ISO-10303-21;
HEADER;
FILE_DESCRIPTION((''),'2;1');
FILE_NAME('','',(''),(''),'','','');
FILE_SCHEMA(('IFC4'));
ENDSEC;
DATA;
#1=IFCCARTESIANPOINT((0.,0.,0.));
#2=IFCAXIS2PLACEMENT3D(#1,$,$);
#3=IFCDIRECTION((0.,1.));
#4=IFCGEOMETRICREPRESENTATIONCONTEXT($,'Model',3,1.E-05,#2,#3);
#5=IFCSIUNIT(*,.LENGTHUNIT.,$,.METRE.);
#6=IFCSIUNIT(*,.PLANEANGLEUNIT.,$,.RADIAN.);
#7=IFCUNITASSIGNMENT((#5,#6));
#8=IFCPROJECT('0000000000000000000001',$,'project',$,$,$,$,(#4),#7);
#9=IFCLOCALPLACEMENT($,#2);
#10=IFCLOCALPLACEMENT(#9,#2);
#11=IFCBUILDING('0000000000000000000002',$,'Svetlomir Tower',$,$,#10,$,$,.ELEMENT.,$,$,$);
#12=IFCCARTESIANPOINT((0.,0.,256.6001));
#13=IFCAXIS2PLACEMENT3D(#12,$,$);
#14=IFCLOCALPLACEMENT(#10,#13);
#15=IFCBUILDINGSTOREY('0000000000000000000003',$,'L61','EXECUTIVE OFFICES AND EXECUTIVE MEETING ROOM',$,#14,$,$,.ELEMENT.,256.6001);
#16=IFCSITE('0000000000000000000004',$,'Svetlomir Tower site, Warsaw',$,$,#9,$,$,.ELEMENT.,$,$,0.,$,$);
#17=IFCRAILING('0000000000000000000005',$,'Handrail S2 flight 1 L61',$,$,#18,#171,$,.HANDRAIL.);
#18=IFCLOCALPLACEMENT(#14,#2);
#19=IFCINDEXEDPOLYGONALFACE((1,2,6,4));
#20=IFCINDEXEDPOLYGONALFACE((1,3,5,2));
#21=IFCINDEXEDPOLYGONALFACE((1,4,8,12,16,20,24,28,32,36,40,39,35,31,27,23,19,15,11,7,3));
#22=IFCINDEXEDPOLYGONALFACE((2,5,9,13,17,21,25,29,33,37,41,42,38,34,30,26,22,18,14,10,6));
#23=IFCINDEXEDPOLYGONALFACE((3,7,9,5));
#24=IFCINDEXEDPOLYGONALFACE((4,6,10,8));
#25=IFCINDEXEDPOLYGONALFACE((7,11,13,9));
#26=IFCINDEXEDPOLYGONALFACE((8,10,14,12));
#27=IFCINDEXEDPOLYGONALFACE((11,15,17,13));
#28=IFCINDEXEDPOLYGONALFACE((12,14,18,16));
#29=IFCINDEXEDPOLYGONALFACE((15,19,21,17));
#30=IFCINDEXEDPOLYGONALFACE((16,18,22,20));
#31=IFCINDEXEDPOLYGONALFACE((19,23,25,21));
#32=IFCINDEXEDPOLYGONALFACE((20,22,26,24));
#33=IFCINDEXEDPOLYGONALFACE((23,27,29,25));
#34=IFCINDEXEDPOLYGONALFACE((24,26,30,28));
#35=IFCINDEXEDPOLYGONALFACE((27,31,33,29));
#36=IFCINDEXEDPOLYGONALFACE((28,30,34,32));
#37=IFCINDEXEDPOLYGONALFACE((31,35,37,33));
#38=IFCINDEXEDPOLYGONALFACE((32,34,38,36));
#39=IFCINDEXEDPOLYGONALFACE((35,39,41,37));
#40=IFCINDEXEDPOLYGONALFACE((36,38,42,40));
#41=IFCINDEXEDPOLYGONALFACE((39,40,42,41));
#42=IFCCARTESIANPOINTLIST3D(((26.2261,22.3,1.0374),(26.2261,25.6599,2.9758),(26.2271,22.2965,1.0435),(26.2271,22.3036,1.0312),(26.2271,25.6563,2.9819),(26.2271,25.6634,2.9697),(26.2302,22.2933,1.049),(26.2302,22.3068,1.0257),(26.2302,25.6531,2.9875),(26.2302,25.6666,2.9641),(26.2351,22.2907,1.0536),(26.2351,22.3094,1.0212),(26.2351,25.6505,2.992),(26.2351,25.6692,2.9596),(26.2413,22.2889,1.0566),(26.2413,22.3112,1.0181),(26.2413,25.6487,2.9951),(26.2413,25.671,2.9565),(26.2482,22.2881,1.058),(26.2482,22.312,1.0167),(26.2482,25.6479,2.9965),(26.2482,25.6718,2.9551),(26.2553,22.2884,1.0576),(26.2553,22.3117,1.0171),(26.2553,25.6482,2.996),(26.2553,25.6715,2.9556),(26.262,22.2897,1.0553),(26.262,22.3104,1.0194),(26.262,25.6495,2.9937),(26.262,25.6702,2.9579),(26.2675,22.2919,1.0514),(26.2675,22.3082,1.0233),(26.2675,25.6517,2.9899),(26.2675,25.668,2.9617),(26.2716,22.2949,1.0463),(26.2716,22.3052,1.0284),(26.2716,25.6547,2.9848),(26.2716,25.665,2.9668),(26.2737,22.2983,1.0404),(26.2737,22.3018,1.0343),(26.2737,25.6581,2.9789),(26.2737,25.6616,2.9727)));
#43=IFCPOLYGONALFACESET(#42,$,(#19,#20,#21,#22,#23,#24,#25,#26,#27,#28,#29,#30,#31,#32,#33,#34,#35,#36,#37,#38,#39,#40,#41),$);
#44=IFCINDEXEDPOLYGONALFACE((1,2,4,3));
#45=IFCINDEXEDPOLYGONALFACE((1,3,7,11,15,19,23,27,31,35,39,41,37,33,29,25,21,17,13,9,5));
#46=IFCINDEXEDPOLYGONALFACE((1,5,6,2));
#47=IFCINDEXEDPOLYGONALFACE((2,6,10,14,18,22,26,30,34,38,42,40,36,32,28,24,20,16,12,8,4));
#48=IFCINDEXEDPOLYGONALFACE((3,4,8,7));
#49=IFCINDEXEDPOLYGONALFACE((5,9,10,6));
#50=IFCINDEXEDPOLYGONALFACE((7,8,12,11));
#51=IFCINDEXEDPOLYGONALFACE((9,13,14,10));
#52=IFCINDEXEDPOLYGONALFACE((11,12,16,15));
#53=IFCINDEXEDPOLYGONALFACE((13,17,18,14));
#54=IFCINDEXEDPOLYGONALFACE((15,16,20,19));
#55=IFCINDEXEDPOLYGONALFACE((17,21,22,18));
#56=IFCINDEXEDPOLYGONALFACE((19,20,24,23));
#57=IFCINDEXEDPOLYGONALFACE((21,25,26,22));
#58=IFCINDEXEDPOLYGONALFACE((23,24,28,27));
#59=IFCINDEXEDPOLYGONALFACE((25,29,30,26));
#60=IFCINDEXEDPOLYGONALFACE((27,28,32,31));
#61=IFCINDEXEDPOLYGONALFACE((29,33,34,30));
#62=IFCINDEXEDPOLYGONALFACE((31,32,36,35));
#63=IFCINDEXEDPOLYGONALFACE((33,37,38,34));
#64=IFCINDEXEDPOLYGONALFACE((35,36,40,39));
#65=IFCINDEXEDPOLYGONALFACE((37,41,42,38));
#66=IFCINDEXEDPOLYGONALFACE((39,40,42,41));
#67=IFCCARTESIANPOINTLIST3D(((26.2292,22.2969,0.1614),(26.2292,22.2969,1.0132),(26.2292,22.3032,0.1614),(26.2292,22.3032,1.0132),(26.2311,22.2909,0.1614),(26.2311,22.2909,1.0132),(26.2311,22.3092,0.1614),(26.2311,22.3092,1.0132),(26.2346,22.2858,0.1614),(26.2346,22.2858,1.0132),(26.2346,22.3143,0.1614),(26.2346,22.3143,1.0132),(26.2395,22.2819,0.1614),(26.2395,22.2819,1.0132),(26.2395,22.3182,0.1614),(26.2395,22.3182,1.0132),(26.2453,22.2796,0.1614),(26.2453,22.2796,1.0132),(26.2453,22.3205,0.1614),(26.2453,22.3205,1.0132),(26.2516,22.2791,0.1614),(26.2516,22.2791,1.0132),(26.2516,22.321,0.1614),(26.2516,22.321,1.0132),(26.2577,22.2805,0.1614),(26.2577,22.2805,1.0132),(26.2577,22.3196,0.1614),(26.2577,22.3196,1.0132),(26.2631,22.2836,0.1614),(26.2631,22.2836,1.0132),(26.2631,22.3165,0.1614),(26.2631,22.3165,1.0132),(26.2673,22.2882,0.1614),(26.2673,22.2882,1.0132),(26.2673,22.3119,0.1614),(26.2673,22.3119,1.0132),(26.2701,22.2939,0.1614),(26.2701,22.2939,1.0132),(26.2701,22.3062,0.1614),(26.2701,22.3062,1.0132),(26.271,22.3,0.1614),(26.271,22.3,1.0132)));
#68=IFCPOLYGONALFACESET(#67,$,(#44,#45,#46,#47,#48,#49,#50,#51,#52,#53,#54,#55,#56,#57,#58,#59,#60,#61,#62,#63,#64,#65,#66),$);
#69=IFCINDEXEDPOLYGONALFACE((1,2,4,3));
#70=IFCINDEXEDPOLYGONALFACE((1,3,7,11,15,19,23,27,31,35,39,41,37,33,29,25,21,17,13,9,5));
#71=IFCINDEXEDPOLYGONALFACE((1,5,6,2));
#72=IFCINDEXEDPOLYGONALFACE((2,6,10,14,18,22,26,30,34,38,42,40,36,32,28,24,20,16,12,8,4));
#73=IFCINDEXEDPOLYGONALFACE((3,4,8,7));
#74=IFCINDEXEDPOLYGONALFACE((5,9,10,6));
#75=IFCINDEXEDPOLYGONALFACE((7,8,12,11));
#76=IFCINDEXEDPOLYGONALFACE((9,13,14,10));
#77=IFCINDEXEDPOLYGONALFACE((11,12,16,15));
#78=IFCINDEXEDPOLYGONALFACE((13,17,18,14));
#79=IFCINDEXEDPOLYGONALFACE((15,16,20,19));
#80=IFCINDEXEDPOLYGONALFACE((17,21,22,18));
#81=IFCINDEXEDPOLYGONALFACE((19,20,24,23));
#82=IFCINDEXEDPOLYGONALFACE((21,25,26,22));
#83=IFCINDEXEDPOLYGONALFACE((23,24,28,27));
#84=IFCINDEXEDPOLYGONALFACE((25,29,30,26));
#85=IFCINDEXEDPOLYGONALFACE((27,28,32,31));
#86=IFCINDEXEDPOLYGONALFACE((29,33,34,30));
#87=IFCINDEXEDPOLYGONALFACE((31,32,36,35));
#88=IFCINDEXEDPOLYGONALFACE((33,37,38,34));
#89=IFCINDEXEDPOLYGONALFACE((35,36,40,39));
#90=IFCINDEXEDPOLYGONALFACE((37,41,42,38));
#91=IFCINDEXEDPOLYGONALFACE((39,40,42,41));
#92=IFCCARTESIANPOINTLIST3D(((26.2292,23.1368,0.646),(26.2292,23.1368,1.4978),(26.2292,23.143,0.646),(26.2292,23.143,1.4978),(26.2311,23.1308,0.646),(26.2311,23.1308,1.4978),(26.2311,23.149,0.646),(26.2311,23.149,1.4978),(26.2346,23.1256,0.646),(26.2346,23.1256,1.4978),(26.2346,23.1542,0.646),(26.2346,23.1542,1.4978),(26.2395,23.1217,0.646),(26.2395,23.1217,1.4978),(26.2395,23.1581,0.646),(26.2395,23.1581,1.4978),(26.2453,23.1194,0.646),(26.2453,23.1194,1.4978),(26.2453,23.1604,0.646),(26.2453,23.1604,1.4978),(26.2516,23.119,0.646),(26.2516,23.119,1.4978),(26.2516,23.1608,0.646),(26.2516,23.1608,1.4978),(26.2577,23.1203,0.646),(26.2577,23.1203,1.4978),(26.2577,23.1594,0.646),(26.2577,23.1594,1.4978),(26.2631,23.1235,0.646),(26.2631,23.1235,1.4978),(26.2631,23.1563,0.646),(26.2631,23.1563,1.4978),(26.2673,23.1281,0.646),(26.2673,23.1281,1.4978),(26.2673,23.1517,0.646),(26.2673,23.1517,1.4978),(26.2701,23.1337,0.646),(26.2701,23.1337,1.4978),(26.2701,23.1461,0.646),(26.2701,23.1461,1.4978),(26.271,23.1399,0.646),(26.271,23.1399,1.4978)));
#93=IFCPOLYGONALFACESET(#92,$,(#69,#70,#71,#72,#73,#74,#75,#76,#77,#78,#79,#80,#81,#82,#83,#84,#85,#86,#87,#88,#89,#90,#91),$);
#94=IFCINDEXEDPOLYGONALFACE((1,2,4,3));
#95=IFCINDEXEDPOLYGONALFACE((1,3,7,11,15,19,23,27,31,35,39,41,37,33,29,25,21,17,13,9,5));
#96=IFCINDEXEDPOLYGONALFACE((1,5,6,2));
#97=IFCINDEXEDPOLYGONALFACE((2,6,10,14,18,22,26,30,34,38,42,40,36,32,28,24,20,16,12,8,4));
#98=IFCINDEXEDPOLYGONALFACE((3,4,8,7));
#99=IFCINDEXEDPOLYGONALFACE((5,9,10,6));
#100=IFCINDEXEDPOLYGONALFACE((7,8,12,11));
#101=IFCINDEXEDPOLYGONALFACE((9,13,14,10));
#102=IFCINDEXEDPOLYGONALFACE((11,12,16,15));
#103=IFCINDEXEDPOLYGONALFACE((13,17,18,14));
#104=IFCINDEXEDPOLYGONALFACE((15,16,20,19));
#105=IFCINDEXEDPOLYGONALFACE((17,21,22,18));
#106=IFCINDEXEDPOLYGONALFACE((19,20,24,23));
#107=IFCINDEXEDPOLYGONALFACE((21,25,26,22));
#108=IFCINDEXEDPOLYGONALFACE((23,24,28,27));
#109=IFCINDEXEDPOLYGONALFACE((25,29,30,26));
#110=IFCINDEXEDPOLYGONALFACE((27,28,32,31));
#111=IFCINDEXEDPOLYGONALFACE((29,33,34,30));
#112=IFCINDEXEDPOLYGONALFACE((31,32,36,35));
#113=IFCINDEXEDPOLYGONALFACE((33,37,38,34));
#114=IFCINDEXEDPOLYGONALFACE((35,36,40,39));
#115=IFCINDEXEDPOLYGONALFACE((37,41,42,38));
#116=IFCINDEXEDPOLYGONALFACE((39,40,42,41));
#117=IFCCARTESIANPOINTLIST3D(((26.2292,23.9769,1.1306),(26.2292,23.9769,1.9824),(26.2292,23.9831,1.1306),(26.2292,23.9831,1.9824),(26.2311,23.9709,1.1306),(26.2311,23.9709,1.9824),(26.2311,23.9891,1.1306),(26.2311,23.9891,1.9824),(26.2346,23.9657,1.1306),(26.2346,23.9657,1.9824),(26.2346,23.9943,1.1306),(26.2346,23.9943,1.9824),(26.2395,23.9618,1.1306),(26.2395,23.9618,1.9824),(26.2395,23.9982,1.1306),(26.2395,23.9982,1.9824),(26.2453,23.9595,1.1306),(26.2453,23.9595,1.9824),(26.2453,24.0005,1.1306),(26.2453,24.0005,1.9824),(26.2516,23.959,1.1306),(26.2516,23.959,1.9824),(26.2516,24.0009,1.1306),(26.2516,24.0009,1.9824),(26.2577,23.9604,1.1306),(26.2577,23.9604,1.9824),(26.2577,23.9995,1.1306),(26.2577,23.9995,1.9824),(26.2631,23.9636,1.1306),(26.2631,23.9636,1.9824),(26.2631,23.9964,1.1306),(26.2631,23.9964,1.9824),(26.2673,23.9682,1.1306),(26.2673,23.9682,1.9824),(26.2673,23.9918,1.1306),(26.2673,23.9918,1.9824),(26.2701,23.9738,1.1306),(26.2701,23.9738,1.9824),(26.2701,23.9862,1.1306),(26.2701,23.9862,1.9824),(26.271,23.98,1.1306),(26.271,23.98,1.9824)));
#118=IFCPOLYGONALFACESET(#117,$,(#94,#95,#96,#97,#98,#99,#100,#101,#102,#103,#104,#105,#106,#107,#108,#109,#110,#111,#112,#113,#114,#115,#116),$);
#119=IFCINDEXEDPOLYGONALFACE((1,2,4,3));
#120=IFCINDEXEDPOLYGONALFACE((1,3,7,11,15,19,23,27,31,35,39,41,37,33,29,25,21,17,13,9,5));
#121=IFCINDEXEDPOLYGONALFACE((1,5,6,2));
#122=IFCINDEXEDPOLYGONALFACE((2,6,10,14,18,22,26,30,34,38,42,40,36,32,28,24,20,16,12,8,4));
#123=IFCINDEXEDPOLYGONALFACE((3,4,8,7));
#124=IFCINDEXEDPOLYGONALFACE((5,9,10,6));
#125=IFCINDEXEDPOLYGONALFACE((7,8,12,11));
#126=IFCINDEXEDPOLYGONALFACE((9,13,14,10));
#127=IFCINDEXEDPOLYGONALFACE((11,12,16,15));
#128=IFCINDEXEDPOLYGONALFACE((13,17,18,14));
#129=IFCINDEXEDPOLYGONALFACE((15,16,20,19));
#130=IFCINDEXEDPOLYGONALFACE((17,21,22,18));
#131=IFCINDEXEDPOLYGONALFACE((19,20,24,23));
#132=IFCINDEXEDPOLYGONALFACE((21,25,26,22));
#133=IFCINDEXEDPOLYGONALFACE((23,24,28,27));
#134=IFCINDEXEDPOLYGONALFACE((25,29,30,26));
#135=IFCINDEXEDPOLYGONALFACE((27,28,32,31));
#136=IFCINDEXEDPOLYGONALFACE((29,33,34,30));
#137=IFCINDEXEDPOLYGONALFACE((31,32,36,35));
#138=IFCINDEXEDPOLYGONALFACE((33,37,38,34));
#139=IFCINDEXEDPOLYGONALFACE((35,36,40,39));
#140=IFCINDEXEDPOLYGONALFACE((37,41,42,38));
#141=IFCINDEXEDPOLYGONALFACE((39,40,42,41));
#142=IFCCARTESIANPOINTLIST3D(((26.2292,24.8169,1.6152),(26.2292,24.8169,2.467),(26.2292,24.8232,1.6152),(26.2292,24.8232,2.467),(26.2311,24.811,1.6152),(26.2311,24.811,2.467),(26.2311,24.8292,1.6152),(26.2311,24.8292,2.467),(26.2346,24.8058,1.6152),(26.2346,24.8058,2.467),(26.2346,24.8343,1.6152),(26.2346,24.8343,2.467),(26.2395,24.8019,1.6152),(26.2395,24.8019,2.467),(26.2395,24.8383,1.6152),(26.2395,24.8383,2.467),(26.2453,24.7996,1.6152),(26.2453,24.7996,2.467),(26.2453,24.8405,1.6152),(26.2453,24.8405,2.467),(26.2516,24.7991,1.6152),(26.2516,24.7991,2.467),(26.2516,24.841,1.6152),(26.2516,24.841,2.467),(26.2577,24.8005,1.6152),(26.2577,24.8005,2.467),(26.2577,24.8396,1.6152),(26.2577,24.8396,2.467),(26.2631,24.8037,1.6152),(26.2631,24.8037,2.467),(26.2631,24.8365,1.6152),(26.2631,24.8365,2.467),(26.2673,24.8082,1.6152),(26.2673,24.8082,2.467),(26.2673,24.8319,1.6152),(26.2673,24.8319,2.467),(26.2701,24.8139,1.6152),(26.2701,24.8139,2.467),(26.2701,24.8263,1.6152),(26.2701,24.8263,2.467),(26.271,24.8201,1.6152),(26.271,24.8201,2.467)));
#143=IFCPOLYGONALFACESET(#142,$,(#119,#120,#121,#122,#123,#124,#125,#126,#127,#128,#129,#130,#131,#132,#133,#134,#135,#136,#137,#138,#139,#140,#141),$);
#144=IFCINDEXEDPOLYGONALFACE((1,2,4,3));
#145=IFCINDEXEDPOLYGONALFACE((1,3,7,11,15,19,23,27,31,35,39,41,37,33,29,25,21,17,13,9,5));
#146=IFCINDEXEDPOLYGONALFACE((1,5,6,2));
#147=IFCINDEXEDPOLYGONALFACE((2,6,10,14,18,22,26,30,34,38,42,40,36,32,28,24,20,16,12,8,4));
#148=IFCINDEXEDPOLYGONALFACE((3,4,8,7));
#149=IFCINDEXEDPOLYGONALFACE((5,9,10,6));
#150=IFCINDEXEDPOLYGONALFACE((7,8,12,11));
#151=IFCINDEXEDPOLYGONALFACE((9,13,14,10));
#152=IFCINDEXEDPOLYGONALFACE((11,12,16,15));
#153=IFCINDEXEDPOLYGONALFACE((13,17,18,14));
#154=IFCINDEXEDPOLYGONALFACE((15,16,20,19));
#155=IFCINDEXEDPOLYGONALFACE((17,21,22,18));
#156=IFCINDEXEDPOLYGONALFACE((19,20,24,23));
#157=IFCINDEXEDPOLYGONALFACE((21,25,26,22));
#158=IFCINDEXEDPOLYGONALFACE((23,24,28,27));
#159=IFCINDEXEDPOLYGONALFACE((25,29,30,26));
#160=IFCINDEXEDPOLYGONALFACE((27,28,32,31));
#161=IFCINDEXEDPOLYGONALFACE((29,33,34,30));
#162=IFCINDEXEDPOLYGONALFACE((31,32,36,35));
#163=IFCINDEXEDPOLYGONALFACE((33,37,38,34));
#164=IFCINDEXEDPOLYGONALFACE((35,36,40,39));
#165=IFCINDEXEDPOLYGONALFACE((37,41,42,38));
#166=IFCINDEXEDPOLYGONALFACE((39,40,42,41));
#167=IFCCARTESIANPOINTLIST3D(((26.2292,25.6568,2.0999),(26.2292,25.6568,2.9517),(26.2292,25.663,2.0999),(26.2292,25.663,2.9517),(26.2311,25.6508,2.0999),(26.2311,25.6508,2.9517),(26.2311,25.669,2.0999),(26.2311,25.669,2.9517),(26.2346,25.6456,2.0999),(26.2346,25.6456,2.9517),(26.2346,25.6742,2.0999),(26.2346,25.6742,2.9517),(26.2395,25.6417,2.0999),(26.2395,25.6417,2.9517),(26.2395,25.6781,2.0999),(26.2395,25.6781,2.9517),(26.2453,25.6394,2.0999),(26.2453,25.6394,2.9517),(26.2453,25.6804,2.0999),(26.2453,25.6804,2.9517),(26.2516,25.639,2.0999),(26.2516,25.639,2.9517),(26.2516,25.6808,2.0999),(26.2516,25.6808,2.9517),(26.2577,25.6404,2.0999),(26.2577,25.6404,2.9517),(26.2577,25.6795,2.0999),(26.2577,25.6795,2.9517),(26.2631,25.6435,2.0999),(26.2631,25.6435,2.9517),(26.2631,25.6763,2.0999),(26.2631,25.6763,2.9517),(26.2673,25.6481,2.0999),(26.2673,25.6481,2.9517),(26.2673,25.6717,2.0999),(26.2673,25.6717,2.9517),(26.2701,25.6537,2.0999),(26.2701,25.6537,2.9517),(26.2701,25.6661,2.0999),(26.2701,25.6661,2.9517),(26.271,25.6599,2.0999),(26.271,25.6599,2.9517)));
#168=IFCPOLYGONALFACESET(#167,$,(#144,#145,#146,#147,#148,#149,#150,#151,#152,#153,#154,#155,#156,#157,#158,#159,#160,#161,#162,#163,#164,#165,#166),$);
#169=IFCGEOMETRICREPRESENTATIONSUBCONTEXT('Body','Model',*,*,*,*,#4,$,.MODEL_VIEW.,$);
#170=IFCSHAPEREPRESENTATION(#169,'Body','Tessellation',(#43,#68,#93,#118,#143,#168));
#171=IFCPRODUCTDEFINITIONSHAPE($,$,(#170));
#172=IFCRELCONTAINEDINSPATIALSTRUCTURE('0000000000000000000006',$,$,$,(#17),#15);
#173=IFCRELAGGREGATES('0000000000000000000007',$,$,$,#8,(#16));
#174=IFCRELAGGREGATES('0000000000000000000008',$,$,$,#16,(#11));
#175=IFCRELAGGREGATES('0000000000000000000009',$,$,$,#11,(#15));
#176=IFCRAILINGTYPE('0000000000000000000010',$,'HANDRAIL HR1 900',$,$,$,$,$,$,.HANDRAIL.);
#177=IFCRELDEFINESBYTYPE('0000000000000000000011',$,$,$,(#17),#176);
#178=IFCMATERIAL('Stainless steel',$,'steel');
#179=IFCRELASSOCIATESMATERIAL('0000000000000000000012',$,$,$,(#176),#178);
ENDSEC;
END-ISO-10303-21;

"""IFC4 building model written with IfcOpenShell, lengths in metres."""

from ifc_helpers import new_model, si_unit, direction, frame, origin, origin_2d, place, context, subcontext, project, spatial, circle, extrude, material, type_object, element, save


model = new_model("IFC4")

# Units and contexts
model_context = context("Model", 3, precision=1e-05, world=origin(), true_north=direction((0.0, 1.0)))
body_context = subcontext(model_context, "Body", "Model", "MODEL_VIEW")
ifc_project = project(units=[si_unit("LENGTHUNIT", "METRE"), si_unit("PLANEANGLEUNIT", "RADIAN")], contexts=[model_context])

# Site, building, storey
site_placement = place(None, origin())
site = spatial("IfcSite", under=ifc_project, at=site_placement, Name="Svetlomir Tower site, Warsaw", CompositionType="ELEMENT", RefElevation=0.0)
building_placement = place(site_placement, origin())
building = spatial("IfcBuilding", under=site, at=building_placement, Name="Svetlomir Tower", CompositionType="ELEMENT")
storey_placement = place(building_placement, frame((0.0, 0.0, 256.6001)))
storey = spatial("IfcBuildingStorey", under=building, at=storey_placement, Name="L61", Description="EXECUTIVE OFFICES AND EXECUTIVE MEETING ROOM", CompositionType="ELEMENT", Elevation=256.6001)

# Railing
ifc_material_1 = material(Name="Stainless steel", Category="steel")
railing_type = type_object("IfcRailingType", Name="HANDRAIL HR1 900", PredefinedType="HANDRAIL", material=ifc_material_1)
railing_placement = place(storey_placement, frame((26.25, 22.3, 0.1614)))
element("IfcRailing", 1, at=railing_placement, inside=storey, type_object=railing_type, Name="Handrail S2 flight 1 L61", PredefinedType="HANDRAIL", context=body_context, shape_type="SweptSolid", body=[
    extrude(circle(Radius=0.0239, at=origin_2d()), frame((0.0, 0.0, 0.876), z_axis=(0.0, 0.866175, 0.499741), x_axis=(-1.0, 0.0, 0.0)), (0.0, 0.0, 1.0), 3.8789),
    extrude(circle(Radius=0.021, at=origin_2d()), origin(), (0.0, 0.0, 1.0), 0.8518),
    extrude(circle(Radius=0.021, at=origin_2d()), frame((0.0, 0.8398, 0.4846)), (0.0, 0.0, 1.0), 0.8518),
    extrude(circle(Radius=0.021, at=origin_2d()), frame((0.0, 1.6799, 0.9692)), (0.0, 0.0, 1.0), 0.8518),
    extrude(circle(Radius=0.021, at=origin_2d()), frame((0.0, 2.52, 1.4539)), (0.0, 0.0, 1.0), 0.8518),
    extrude(circle(Radius=0.021, at=origin_2d()), frame((0.0, 3.3599, 1.9385)), (0.0, 0.0, 1.0), 0.8518),
])

save(model, "model.ifc")
